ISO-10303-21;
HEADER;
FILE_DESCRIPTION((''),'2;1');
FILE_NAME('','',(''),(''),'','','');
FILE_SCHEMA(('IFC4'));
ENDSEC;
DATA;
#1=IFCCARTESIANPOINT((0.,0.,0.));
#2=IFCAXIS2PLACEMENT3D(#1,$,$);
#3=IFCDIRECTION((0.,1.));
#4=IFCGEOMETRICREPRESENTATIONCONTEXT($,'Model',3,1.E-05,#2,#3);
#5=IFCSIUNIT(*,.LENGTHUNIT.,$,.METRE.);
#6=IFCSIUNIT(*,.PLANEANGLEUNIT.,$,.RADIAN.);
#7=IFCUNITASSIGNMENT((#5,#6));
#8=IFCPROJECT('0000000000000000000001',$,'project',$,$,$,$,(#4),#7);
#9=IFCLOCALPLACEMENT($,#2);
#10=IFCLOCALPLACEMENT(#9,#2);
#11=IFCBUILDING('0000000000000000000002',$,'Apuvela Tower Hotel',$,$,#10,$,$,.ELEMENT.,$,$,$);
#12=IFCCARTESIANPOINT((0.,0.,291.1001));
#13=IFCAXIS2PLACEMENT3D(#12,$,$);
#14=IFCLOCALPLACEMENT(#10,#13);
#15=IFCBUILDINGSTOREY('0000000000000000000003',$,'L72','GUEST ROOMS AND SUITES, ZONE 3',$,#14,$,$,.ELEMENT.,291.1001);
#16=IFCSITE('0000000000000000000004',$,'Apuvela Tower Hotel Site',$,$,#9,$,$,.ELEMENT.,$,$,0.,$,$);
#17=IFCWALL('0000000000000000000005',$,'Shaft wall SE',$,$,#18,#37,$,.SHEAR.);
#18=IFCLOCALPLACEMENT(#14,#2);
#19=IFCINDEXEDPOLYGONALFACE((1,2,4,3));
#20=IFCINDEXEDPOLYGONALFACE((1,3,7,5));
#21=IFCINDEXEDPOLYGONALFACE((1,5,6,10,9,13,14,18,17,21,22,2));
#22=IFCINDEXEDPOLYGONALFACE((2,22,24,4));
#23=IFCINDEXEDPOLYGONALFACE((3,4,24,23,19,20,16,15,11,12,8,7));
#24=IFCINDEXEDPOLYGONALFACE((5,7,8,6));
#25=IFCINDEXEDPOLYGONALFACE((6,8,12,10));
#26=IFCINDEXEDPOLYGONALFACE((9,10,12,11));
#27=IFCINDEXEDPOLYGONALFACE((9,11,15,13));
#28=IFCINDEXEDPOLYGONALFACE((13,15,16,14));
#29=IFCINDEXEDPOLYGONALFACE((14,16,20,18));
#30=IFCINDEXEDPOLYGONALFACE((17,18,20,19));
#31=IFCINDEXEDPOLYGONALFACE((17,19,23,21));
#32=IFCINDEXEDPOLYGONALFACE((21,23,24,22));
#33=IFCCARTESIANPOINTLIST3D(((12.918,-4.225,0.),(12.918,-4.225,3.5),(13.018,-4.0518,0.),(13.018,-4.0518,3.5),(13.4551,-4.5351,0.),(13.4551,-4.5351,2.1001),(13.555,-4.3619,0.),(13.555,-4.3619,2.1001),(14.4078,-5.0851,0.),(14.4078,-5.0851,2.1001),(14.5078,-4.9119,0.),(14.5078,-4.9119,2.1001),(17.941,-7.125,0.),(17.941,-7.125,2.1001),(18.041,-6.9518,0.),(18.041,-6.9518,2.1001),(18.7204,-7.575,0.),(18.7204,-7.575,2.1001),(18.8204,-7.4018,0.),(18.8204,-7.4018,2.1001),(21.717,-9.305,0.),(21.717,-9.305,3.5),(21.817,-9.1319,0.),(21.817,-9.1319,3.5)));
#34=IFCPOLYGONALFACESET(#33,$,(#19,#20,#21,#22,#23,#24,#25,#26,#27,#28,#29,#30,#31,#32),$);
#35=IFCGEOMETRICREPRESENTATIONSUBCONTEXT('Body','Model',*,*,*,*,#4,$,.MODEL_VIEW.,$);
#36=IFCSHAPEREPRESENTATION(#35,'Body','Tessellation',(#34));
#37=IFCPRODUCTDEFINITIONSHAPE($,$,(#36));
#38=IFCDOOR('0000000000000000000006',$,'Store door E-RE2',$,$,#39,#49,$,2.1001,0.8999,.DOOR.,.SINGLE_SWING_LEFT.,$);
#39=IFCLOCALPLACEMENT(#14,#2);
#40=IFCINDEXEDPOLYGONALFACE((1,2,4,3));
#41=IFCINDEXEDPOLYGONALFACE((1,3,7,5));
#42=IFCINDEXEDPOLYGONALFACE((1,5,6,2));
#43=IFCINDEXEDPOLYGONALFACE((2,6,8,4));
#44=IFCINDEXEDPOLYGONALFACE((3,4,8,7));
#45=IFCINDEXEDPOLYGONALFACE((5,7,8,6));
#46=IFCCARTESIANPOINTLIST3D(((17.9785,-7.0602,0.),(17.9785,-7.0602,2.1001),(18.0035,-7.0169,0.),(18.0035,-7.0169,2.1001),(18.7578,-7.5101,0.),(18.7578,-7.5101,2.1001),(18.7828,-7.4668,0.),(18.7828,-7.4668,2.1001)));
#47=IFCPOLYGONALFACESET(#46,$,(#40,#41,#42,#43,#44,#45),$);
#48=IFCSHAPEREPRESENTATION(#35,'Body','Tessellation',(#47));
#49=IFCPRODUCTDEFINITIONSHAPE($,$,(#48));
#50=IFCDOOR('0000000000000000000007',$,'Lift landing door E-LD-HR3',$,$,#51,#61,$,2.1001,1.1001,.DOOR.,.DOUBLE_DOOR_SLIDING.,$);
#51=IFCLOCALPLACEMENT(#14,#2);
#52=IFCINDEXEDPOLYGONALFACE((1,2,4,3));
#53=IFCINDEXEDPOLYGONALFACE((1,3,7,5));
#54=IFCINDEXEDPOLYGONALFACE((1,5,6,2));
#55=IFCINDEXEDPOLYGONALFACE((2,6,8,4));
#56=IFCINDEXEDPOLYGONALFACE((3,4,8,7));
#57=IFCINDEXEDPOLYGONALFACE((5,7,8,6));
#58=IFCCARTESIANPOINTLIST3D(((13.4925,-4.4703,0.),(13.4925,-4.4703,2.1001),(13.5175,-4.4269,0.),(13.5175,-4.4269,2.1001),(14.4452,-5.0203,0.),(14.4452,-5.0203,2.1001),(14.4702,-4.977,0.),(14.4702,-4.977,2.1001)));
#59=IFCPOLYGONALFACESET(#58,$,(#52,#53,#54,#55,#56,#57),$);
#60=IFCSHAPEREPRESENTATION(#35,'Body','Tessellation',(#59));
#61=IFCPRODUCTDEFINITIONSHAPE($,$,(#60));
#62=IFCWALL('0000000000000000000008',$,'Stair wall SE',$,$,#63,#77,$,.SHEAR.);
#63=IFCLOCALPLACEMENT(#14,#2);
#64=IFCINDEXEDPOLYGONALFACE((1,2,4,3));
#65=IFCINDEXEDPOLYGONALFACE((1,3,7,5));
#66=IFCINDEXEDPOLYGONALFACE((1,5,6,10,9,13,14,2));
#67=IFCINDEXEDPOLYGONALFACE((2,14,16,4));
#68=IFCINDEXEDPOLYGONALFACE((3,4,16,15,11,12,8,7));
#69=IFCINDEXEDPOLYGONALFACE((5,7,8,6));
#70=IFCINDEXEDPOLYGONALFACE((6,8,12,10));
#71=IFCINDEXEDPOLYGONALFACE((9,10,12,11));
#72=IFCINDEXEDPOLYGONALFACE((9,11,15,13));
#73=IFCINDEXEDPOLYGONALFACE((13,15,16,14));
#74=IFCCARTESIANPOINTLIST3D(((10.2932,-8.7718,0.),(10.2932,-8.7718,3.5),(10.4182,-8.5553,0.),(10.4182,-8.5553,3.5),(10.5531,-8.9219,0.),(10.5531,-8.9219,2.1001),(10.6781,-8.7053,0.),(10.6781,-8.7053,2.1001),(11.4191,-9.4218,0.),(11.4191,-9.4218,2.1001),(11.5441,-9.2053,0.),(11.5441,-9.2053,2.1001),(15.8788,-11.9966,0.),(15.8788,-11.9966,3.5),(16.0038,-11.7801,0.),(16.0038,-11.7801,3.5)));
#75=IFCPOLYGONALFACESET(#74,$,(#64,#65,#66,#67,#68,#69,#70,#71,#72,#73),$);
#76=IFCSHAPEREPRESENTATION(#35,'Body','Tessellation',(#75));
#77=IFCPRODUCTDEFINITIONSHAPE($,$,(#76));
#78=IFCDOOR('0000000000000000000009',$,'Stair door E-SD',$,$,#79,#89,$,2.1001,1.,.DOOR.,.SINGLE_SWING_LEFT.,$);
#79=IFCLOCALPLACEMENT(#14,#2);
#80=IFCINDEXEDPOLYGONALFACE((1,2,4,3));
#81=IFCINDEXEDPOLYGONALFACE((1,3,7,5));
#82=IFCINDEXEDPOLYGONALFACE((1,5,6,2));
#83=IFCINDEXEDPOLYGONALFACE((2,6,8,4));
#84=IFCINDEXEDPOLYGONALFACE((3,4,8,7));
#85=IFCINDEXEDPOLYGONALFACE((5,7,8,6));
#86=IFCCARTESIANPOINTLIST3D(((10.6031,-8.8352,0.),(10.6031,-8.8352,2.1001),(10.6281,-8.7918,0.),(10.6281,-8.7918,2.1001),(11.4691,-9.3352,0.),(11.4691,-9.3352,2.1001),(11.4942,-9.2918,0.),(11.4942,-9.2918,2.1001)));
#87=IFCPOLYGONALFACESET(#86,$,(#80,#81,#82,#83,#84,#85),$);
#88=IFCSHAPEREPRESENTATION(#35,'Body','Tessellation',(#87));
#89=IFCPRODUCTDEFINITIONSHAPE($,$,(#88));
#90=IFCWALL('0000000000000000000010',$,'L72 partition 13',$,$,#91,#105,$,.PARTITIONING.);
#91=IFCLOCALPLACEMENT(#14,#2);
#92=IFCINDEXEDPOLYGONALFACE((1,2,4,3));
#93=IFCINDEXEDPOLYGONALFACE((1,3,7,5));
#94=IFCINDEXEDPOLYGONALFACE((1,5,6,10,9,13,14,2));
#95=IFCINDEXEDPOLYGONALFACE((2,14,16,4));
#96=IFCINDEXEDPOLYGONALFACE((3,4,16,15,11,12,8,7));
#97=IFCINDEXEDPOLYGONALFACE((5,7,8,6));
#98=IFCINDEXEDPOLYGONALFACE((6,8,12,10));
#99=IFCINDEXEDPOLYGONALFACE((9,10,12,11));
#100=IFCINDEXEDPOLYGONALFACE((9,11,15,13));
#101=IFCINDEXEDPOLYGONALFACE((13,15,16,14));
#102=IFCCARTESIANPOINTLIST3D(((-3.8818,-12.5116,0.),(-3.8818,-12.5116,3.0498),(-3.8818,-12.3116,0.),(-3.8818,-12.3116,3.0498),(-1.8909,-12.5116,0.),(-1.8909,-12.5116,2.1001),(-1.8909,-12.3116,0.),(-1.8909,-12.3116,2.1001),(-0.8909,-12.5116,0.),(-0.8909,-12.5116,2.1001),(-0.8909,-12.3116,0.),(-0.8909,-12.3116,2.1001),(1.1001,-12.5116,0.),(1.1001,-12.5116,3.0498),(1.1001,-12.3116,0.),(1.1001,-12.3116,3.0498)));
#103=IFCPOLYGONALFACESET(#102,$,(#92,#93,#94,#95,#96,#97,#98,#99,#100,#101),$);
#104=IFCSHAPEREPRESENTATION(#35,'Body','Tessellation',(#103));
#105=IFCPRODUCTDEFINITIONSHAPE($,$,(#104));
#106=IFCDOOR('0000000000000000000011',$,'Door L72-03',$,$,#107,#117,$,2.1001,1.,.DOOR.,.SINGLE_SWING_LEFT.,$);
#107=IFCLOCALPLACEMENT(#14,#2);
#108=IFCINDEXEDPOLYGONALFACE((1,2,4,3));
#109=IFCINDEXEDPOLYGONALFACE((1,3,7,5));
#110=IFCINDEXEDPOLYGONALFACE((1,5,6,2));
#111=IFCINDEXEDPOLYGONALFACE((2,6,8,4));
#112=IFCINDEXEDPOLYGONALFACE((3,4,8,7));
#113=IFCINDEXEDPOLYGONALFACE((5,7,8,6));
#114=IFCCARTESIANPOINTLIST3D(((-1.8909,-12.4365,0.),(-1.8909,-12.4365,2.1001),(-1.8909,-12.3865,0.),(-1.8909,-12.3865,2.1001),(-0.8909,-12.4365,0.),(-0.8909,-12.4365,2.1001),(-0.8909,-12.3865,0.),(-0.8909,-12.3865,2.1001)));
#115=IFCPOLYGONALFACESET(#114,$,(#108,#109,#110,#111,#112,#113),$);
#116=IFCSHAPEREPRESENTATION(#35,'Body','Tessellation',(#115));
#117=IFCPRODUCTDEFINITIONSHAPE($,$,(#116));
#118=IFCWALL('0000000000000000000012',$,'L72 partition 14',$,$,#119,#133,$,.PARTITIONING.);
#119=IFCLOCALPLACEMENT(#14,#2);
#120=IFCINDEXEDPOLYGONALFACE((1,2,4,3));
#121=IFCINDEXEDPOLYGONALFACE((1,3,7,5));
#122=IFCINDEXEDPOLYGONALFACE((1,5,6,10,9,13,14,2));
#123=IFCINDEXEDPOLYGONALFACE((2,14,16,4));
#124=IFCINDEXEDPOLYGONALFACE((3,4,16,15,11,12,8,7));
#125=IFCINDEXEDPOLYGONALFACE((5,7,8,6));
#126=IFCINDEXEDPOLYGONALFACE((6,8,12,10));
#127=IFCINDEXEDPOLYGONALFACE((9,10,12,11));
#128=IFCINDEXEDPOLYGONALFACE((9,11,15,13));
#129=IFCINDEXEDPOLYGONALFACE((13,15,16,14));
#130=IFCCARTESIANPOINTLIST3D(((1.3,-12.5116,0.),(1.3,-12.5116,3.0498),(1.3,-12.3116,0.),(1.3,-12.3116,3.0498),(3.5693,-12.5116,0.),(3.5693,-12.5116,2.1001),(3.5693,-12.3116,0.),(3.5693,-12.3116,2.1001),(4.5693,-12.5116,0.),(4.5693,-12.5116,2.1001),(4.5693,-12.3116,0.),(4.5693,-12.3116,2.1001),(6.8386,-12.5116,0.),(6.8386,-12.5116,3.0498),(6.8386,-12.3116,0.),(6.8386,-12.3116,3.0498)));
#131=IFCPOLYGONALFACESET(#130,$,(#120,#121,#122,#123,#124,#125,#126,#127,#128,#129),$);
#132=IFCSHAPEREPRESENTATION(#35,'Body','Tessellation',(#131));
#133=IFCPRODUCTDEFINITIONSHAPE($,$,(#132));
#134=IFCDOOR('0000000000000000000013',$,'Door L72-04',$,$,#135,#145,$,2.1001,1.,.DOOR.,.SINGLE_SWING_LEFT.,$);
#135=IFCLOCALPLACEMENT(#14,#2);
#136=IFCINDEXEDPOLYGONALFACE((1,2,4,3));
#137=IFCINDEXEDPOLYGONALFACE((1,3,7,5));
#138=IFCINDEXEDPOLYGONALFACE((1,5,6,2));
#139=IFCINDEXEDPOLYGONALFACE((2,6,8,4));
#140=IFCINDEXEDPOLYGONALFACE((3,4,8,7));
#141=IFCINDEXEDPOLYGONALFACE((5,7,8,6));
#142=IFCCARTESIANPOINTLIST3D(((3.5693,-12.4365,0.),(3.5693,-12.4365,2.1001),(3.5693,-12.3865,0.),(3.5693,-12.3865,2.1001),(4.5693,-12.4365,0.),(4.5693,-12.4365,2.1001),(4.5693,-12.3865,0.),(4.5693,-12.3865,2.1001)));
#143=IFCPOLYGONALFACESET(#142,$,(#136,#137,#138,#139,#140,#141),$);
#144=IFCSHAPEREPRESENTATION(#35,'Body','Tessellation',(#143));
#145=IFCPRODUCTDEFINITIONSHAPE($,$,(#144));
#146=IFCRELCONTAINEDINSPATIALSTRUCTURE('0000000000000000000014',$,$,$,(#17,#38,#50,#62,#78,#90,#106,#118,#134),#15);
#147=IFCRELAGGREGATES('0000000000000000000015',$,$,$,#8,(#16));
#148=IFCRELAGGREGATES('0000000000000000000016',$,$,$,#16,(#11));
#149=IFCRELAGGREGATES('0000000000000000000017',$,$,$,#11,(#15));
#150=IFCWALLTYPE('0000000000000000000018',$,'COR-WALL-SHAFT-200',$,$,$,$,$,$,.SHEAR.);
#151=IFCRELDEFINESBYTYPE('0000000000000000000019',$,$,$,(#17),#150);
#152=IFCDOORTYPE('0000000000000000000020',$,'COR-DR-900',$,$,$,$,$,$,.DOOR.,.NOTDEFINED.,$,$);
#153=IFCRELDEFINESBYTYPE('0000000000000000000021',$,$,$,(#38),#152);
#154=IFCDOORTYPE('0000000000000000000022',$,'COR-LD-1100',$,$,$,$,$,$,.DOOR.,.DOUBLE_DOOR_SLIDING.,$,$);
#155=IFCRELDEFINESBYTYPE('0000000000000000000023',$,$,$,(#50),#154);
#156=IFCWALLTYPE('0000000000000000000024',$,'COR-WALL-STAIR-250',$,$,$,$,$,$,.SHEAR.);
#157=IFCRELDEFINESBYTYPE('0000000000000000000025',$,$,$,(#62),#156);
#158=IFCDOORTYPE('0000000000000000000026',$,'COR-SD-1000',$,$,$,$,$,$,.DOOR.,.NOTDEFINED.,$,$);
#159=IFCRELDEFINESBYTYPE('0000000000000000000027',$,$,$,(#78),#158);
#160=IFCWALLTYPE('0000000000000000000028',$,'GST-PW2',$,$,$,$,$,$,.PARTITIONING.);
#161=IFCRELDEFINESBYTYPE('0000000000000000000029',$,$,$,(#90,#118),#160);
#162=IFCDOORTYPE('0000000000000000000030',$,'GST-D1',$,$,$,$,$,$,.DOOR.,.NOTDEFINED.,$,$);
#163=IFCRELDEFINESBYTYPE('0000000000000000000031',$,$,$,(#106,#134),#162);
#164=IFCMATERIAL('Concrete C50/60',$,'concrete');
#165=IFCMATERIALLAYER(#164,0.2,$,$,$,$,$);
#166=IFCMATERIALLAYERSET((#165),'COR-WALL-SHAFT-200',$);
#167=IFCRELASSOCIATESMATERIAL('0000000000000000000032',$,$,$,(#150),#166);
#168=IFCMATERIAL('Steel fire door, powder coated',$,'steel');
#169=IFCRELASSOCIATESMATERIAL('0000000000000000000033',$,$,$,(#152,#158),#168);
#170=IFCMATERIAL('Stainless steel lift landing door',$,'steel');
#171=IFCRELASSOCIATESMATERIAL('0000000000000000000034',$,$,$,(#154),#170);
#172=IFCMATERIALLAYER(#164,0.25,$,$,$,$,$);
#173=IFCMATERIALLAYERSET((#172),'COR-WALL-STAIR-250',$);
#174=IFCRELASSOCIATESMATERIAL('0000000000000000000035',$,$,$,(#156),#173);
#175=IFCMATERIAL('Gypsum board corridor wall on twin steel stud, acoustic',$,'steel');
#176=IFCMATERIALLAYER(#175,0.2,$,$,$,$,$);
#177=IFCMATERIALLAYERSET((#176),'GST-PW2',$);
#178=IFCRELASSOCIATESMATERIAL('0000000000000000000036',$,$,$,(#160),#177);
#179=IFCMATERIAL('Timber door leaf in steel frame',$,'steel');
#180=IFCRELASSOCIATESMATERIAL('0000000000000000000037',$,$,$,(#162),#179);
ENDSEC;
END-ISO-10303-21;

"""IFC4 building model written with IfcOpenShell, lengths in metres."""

from ifc_helpers import new_model, si_unit, direction, frame, frame_2d, origin, place, context, subcontext, project, spatial, rectangle, extrude, material, layer, layer_set, type_object, element, fill, save


model = new_model("IFC4")

# Units and contexts
model_context = context("Model", 3, precision=1e-05, world=origin(), true_north=direction((0.0, 1.0)))
body_context = subcontext(model_context, "Body", "Model", "MODEL_VIEW")
ifc_project = project(units=[si_unit("LENGTHUNIT", "METRE"), si_unit("PLANEANGLEUNIT", "RADIAN")], contexts=[model_context])

# Site, building, storey
site_placement = place(None, origin())
site = spatial("IfcSite", under=ifc_project, at=site_placement, Name="Apuvela Tower Hotel Site", CompositionType="ELEMENT", RefElevation=0.0)
building_placement = place(site_placement, origin())
building = spatial("IfcBuilding", under=site, at=building_placement, Name="Apuvela Tower Hotel", CompositionType="ELEMENT")
storey_placement = place(building_placement, frame((0.0, 0.0, 291.1001)))
storey = spatial("IfcBuildingStorey", under=building, at=storey_placement, Name="L72", Description="GUEST ROOMS AND SUITES, ZONE 3", CompositionType="ELEMENT", Elevation=291.1001)

# Shared definitions
ifc_material_1 = material(Name="Concrete C50/60", Category="concrete")
ifc_material_2 = material(Name="Steel fire door, powder coated", Category="steel")

# Shared definitions
ifc_layer_1 = layer(ifc_material_1, 0.2)
ifc_layer_set_1 = layer_set([ifc_layer_1], Name="COR-WALL-SHAFT-200")
wall_type_1 = type_object("IfcWallType", Name="COR-WALL-SHAFT-200", PredefinedType="SHEAR", material=ifc_layer_set_1)
ifc_material_3 = material(Name="Stainless steel lift landing door", Category="steel")

# Wall, openings, doors
wall_1_placement = place(storey_placement, frame((12.968, -4.1384, 0.0), z_axis=(0.0, 0.0, 1.0), x_axis=(0.866028, -0.499995, 0.0)))
wall_1 = element("IfcWall", 1, at=wall_1_placement, inside=storey, type_object=wall_type_1, Name="Shaft wall SE", PredefinedType="SHEAR", context=body_context, shape_type="SweptSolid", body=[
    extrude(rectangle(XDim=10.1602, YDim=0.2, at=frame_2d((5.0801, 0.0))), origin(), (0.0, 0.0, 1.0), 3.5),
])
opening_1_placement = place(wall_1_placement, frame((0.6201, 0.0, 0.0)))
opening_1 = element("IfcOpeningElement", 2, at=opening_1_placement, cuts=wall_1, PredefinedType="OPENING", context=body_context, shape_type="SweptSolid", body=[
    extrude(rectangle(XDim=1.1001, YDim=2.1001, at=frame_2d((0.55, 1.05))), frame((0.0, 0.1099, 0.0), z_axis=(0.0, -1.0, 0.0), x_axis=(1.0, 0.0, 0.0)), (0.0, 0.0, 1.0), 0.22),
])
opening_2_placement = place(wall_1_placement, frame((5.8, 0.0, 0.0)))
opening_2 = element("IfcOpeningElement", 3, at=opening_2_placement, cuts=wall_1, PredefinedType="OPENING", context=body_context, shape_type="SweptSolid", body=[
    extrude(rectangle(XDim=0.8999, YDim=2.1001, at=frame_2d((0.45, 1.05))), frame((0.0, 0.1099, 0.0), z_axis=(0.0, -1.0, 0.0), x_axis=(1.0, 0.0, 0.0)), (0.0, 0.0, 1.0), 0.22),
])
door_type_1 = type_object("IfcDoorType", Name="COR-DR-900", OperationType="NOTDEFINED", PredefinedType="DOOR", material=ifc_material_2)
door_1_placement = place(opening_2_placement, origin())
door_1 = element("IfcDoor", 4, at=door_1_placement, inside=storey, type_object=door_type_1, Name="Store door E-RE2", OperationType="SINGLE_SWING_LEFT", OverallHeight=2.1001, OverallWidth=0.8999, PredefinedType="DOOR", context=body_context, shape_type="SweptSolid", body=[
    extrude(rectangle(XDim=0.8999, YDim=2.1001, at=frame_2d((0.45, 1.05))), frame((0.0, 0.0249, 0.0), z_axis=(0.0, -1.0, 0.0), x_axis=(1.0, 0.0, 0.0)), (0.0, 0.0, 1.0), 0.05),
])
fill(opening_2, door_1)
door_type_2 = type_object("IfcDoorType", Name="COR-LD-1100", OperationType="DOUBLE_DOOR_SLIDING", PredefinedType="DOOR", material=ifc_material_3)
door_2_placement = place(opening_1_placement, origin())
door_2 = element("IfcDoor", 5, at=door_2_placement, inside=storey, type_object=door_type_2, Name="Lift landing door E-LD-HR3", OperationType="DOUBLE_DOOR_SLIDING", OverallHeight=2.1001, OverallWidth=1.1001, PredefinedType="DOOR", context=body_context, shape_type="SweptSolid", body=[
    extrude(rectangle(XDim=1.1001, YDim=2.1001, at=frame_2d((0.55, 1.05))), frame((0.0, 0.0249, 0.0), z_axis=(0.0, -1.0, 0.0), x_axis=(1.0, 0.0, 0.0)), (0.0, 0.0, 1.0), 0.05),
])
fill(opening_1, door_2)

# Walls, openings, doors
ifc_layer_2 = layer(ifc_material_1, 0.25)
ifc_layer_set_2 = layer_set([ifc_layer_2], Name="COR-WALL-STAIR-250")
wall_type_2 = type_object("IfcWallType", Name="COR-WALL-STAIR-250", PredefinedType="SHEAR", material=ifc_layer_set_2)
wall_2_placement = place(storey_placement, frame((10.3557, -8.6636, 0.0), z_axis=(0.0, 0.0, 1.0), x_axis=(0.866029, -0.499994, 0.0)))
wall_2 = element("IfcWall", 6, at=wall_2_placement, inside=storey, type_object=wall_type_2, Name="Stair wall SE", PredefinedType="SHEAR", context=body_context, shape_type="SweptSolid", body=[
    extrude(rectangle(XDim=6.4497, YDim=0.25, at=frame_2d((3.2249, 0.0))), origin(), (0.0, 0.0, 1.0), 3.5),
])
opening_3_placement = place(wall_2_placement, frame((0.3, 0.0, 0.0)))
opening_3 = element("IfcOpeningElement", 7, at=opening_3_placement, cuts=wall_2, PredefinedType="OPENING", context=body_context, shape_type="SweptSolid", body=[
    extrude(rectangle(XDim=1.0, YDim=2.1001, at=frame_2d((0.5, 1.05))), frame((0.0, 0.135, 0.0), z_axis=(0.0, -1.0, 0.0), x_axis=(1.0, 0.0, 0.0)), (0.0, 0.0, 1.0), 0.27),
])
door_type_3 = type_object("IfcDoorType", Name="COR-SD-1000", OperationType="NOTDEFINED", PredefinedType="DOOR", material=ifc_material_2)
door_3_placement = place(opening_3_placement, frame((1.0, 0.0, 0.0), z_axis=(0.0, 0.0, 1.0), x_axis=(-1.0, 0.0, 0.0)))
door_3 = element("IfcDoor", 8, at=door_3_placement, inside=storey, type_object=door_type_3, Name="Stair door E-SD", OperationType="SINGLE_SWING_LEFT", OverallHeight=2.1001, OverallWidth=1.0, PredefinedType="DOOR", context=body_context, shape_type="SweptSolid", body=[
    extrude(rectangle(XDim=1.0, YDim=2.1001, at=frame_2d((0.5, 1.05))), frame((0.0, 0.0249, 0.0), z_axis=(0.0, -1.0, 0.0), x_axis=(1.0, 0.0, 0.0)), (0.0, 0.0, 1.0), 0.05),
])
fill(opening_3, door_3)
ifc_material_4 = material(Name="Gypsum board corridor wall on twin steel stud, acoustic", Category="steel")
ifc_layer_3 = layer(ifc_material_4, 0.2)
ifc_layer_set_3 = layer_set([ifc_layer_3], Name="GST-PW2")
wall_type_3 = type_object("IfcWallType", Name="GST-PW2", PredefinedType="PARTITIONING", material=ifc_layer_set_3)
wall_3_placement = place(storey_placement, frame((1.1001, -12.4116, 0.0), z_axis=(0.0, 0.0, 1.0), x_axis=(-1.0, 0.0, 0.0)))
wall_3 = element("IfcWall", 9, at=wall_3_placement, inside=storey, type_object=wall_type_3, Name="L72 partition 13", PredefinedType="PARTITIONING", context=body_context, shape_type="SweptSolid", body=[
    extrude(rectangle(XDim=4.9819, YDim=0.2, at=frame_2d((2.491, 0.0))), origin(), (0.0, 0.0, 1.0), 3.0498),
])
opening_4_placement = place(wall_3_placement, frame((1.991, 0.0, 0.0)))
opening_4 = element("IfcOpeningElement", 10, at=opening_4_placement, cuts=wall_3, PredefinedType="OPENING", context=body_context, shape_type="SweptSolid", body=[
    extrude(rectangle(XDim=1.0, YDim=2.1001, at=frame_2d((0.5, 1.05))), frame((0.0, 0.1099, 0.0), z_axis=(0.0, -1.0, 0.0), x_axis=(1.0, 0.0, 0.0)), (0.0, 0.0, 1.0), 0.22),
])
ifc_material_5 = material(Name="Timber door leaf in steel frame", Category="steel")
door_type_4 = type_object("IfcDoorType", Name="GST-D1", OperationType="NOTDEFINED", PredefinedType="DOOR", material=ifc_material_5)
door_4_placement = place(opening_4_placement, origin())
door_4 = element("IfcDoor", 11, at=door_4_placement, inside=storey, type_object=door_type_4, Name="Door L72-03", OperationType="SINGLE_SWING_LEFT", OverallHeight=2.1001, OverallWidth=1.0, PredefinedType="DOOR", context=body_context, shape_type="SweptSolid", body=[
    extrude(rectangle(XDim=1.0, YDim=2.1001, at=frame_2d((0.5, 1.05))), frame((0.0, 0.0249, 0.0), z_axis=(0.0, -1.0, 0.0), x_axis=(1.0, 0.0, 0.0)), (0.0, 0.0, 1.0), 0.05),
])
fill(opening_4, door_4)
wall_4_placement = place(storey_placement, frame((6.8386, -12.4116, 0.0), z_axis=(0.0, 0.0, 1.0), x_axis=(-1.0, 0.0, 0.0)))
wall_4 = element("IfcWall", 12, at=wall_4_placement, inside=storey, type_object=wall_type_3, Name="L72 partition 14", PredefinedType="PARTITIONING", context=body_context, shape_type="SweptSolid", body=[
    extrude(rectangle(XDim=5.5386, YDim=0.2, at=frame_2d((2.7693, 0.0))), origin(), (0.0, 0.0, 1.0), 3.0498),
])
opening_5_placement = place(wall_4_placement, frame((2.2693, 0.0, 0.0)))
opening_5 = element("IfcOpeningElement", 13, at=opening_5_placement, cuts=wall_4, PredefinedType="OPENING", context=body_context, shape_type="SweptSolid", body=[
    extrude(rectangle(XDim=1.0, YDim=2.1001, at=frame_2d((0.5, 1.05))), frame((0.0, 0.1099, 0.0), z_axis=(0.0, -1.0, 0.0), x_axis=(1.0, 0.0, 0.0)), (0.0, 0.0, 1.0), 0.22),
])
door_5_placement = place(opening_5_placement, origin())
door_5 = element("IfcDoor", 14, at=door_5_placement, inside=storey, type_object=door_type_4, Name="Door L72-04", OperationType="SINGLE_SWING_LEFT", OverallHeight=2.1001, OverallWidth=1.0, PredefinedType="DOOR", context=body_context, shape_type="SweptSolid", body=[
    extrude(rectangle(XDim=1.0, YDim=2.1001, at=frame_2d((0.5, 1.05))), frame((0.0, 0.0249, 0.0), z_axis=(0.0, -1.0, 0.0), x_axis=(1.0, 0.0, 0.0)), (0.0, 0.0, 1.0), 0.05),
])
fill(opening_5, door_5)

save(model, "model.ifc")
